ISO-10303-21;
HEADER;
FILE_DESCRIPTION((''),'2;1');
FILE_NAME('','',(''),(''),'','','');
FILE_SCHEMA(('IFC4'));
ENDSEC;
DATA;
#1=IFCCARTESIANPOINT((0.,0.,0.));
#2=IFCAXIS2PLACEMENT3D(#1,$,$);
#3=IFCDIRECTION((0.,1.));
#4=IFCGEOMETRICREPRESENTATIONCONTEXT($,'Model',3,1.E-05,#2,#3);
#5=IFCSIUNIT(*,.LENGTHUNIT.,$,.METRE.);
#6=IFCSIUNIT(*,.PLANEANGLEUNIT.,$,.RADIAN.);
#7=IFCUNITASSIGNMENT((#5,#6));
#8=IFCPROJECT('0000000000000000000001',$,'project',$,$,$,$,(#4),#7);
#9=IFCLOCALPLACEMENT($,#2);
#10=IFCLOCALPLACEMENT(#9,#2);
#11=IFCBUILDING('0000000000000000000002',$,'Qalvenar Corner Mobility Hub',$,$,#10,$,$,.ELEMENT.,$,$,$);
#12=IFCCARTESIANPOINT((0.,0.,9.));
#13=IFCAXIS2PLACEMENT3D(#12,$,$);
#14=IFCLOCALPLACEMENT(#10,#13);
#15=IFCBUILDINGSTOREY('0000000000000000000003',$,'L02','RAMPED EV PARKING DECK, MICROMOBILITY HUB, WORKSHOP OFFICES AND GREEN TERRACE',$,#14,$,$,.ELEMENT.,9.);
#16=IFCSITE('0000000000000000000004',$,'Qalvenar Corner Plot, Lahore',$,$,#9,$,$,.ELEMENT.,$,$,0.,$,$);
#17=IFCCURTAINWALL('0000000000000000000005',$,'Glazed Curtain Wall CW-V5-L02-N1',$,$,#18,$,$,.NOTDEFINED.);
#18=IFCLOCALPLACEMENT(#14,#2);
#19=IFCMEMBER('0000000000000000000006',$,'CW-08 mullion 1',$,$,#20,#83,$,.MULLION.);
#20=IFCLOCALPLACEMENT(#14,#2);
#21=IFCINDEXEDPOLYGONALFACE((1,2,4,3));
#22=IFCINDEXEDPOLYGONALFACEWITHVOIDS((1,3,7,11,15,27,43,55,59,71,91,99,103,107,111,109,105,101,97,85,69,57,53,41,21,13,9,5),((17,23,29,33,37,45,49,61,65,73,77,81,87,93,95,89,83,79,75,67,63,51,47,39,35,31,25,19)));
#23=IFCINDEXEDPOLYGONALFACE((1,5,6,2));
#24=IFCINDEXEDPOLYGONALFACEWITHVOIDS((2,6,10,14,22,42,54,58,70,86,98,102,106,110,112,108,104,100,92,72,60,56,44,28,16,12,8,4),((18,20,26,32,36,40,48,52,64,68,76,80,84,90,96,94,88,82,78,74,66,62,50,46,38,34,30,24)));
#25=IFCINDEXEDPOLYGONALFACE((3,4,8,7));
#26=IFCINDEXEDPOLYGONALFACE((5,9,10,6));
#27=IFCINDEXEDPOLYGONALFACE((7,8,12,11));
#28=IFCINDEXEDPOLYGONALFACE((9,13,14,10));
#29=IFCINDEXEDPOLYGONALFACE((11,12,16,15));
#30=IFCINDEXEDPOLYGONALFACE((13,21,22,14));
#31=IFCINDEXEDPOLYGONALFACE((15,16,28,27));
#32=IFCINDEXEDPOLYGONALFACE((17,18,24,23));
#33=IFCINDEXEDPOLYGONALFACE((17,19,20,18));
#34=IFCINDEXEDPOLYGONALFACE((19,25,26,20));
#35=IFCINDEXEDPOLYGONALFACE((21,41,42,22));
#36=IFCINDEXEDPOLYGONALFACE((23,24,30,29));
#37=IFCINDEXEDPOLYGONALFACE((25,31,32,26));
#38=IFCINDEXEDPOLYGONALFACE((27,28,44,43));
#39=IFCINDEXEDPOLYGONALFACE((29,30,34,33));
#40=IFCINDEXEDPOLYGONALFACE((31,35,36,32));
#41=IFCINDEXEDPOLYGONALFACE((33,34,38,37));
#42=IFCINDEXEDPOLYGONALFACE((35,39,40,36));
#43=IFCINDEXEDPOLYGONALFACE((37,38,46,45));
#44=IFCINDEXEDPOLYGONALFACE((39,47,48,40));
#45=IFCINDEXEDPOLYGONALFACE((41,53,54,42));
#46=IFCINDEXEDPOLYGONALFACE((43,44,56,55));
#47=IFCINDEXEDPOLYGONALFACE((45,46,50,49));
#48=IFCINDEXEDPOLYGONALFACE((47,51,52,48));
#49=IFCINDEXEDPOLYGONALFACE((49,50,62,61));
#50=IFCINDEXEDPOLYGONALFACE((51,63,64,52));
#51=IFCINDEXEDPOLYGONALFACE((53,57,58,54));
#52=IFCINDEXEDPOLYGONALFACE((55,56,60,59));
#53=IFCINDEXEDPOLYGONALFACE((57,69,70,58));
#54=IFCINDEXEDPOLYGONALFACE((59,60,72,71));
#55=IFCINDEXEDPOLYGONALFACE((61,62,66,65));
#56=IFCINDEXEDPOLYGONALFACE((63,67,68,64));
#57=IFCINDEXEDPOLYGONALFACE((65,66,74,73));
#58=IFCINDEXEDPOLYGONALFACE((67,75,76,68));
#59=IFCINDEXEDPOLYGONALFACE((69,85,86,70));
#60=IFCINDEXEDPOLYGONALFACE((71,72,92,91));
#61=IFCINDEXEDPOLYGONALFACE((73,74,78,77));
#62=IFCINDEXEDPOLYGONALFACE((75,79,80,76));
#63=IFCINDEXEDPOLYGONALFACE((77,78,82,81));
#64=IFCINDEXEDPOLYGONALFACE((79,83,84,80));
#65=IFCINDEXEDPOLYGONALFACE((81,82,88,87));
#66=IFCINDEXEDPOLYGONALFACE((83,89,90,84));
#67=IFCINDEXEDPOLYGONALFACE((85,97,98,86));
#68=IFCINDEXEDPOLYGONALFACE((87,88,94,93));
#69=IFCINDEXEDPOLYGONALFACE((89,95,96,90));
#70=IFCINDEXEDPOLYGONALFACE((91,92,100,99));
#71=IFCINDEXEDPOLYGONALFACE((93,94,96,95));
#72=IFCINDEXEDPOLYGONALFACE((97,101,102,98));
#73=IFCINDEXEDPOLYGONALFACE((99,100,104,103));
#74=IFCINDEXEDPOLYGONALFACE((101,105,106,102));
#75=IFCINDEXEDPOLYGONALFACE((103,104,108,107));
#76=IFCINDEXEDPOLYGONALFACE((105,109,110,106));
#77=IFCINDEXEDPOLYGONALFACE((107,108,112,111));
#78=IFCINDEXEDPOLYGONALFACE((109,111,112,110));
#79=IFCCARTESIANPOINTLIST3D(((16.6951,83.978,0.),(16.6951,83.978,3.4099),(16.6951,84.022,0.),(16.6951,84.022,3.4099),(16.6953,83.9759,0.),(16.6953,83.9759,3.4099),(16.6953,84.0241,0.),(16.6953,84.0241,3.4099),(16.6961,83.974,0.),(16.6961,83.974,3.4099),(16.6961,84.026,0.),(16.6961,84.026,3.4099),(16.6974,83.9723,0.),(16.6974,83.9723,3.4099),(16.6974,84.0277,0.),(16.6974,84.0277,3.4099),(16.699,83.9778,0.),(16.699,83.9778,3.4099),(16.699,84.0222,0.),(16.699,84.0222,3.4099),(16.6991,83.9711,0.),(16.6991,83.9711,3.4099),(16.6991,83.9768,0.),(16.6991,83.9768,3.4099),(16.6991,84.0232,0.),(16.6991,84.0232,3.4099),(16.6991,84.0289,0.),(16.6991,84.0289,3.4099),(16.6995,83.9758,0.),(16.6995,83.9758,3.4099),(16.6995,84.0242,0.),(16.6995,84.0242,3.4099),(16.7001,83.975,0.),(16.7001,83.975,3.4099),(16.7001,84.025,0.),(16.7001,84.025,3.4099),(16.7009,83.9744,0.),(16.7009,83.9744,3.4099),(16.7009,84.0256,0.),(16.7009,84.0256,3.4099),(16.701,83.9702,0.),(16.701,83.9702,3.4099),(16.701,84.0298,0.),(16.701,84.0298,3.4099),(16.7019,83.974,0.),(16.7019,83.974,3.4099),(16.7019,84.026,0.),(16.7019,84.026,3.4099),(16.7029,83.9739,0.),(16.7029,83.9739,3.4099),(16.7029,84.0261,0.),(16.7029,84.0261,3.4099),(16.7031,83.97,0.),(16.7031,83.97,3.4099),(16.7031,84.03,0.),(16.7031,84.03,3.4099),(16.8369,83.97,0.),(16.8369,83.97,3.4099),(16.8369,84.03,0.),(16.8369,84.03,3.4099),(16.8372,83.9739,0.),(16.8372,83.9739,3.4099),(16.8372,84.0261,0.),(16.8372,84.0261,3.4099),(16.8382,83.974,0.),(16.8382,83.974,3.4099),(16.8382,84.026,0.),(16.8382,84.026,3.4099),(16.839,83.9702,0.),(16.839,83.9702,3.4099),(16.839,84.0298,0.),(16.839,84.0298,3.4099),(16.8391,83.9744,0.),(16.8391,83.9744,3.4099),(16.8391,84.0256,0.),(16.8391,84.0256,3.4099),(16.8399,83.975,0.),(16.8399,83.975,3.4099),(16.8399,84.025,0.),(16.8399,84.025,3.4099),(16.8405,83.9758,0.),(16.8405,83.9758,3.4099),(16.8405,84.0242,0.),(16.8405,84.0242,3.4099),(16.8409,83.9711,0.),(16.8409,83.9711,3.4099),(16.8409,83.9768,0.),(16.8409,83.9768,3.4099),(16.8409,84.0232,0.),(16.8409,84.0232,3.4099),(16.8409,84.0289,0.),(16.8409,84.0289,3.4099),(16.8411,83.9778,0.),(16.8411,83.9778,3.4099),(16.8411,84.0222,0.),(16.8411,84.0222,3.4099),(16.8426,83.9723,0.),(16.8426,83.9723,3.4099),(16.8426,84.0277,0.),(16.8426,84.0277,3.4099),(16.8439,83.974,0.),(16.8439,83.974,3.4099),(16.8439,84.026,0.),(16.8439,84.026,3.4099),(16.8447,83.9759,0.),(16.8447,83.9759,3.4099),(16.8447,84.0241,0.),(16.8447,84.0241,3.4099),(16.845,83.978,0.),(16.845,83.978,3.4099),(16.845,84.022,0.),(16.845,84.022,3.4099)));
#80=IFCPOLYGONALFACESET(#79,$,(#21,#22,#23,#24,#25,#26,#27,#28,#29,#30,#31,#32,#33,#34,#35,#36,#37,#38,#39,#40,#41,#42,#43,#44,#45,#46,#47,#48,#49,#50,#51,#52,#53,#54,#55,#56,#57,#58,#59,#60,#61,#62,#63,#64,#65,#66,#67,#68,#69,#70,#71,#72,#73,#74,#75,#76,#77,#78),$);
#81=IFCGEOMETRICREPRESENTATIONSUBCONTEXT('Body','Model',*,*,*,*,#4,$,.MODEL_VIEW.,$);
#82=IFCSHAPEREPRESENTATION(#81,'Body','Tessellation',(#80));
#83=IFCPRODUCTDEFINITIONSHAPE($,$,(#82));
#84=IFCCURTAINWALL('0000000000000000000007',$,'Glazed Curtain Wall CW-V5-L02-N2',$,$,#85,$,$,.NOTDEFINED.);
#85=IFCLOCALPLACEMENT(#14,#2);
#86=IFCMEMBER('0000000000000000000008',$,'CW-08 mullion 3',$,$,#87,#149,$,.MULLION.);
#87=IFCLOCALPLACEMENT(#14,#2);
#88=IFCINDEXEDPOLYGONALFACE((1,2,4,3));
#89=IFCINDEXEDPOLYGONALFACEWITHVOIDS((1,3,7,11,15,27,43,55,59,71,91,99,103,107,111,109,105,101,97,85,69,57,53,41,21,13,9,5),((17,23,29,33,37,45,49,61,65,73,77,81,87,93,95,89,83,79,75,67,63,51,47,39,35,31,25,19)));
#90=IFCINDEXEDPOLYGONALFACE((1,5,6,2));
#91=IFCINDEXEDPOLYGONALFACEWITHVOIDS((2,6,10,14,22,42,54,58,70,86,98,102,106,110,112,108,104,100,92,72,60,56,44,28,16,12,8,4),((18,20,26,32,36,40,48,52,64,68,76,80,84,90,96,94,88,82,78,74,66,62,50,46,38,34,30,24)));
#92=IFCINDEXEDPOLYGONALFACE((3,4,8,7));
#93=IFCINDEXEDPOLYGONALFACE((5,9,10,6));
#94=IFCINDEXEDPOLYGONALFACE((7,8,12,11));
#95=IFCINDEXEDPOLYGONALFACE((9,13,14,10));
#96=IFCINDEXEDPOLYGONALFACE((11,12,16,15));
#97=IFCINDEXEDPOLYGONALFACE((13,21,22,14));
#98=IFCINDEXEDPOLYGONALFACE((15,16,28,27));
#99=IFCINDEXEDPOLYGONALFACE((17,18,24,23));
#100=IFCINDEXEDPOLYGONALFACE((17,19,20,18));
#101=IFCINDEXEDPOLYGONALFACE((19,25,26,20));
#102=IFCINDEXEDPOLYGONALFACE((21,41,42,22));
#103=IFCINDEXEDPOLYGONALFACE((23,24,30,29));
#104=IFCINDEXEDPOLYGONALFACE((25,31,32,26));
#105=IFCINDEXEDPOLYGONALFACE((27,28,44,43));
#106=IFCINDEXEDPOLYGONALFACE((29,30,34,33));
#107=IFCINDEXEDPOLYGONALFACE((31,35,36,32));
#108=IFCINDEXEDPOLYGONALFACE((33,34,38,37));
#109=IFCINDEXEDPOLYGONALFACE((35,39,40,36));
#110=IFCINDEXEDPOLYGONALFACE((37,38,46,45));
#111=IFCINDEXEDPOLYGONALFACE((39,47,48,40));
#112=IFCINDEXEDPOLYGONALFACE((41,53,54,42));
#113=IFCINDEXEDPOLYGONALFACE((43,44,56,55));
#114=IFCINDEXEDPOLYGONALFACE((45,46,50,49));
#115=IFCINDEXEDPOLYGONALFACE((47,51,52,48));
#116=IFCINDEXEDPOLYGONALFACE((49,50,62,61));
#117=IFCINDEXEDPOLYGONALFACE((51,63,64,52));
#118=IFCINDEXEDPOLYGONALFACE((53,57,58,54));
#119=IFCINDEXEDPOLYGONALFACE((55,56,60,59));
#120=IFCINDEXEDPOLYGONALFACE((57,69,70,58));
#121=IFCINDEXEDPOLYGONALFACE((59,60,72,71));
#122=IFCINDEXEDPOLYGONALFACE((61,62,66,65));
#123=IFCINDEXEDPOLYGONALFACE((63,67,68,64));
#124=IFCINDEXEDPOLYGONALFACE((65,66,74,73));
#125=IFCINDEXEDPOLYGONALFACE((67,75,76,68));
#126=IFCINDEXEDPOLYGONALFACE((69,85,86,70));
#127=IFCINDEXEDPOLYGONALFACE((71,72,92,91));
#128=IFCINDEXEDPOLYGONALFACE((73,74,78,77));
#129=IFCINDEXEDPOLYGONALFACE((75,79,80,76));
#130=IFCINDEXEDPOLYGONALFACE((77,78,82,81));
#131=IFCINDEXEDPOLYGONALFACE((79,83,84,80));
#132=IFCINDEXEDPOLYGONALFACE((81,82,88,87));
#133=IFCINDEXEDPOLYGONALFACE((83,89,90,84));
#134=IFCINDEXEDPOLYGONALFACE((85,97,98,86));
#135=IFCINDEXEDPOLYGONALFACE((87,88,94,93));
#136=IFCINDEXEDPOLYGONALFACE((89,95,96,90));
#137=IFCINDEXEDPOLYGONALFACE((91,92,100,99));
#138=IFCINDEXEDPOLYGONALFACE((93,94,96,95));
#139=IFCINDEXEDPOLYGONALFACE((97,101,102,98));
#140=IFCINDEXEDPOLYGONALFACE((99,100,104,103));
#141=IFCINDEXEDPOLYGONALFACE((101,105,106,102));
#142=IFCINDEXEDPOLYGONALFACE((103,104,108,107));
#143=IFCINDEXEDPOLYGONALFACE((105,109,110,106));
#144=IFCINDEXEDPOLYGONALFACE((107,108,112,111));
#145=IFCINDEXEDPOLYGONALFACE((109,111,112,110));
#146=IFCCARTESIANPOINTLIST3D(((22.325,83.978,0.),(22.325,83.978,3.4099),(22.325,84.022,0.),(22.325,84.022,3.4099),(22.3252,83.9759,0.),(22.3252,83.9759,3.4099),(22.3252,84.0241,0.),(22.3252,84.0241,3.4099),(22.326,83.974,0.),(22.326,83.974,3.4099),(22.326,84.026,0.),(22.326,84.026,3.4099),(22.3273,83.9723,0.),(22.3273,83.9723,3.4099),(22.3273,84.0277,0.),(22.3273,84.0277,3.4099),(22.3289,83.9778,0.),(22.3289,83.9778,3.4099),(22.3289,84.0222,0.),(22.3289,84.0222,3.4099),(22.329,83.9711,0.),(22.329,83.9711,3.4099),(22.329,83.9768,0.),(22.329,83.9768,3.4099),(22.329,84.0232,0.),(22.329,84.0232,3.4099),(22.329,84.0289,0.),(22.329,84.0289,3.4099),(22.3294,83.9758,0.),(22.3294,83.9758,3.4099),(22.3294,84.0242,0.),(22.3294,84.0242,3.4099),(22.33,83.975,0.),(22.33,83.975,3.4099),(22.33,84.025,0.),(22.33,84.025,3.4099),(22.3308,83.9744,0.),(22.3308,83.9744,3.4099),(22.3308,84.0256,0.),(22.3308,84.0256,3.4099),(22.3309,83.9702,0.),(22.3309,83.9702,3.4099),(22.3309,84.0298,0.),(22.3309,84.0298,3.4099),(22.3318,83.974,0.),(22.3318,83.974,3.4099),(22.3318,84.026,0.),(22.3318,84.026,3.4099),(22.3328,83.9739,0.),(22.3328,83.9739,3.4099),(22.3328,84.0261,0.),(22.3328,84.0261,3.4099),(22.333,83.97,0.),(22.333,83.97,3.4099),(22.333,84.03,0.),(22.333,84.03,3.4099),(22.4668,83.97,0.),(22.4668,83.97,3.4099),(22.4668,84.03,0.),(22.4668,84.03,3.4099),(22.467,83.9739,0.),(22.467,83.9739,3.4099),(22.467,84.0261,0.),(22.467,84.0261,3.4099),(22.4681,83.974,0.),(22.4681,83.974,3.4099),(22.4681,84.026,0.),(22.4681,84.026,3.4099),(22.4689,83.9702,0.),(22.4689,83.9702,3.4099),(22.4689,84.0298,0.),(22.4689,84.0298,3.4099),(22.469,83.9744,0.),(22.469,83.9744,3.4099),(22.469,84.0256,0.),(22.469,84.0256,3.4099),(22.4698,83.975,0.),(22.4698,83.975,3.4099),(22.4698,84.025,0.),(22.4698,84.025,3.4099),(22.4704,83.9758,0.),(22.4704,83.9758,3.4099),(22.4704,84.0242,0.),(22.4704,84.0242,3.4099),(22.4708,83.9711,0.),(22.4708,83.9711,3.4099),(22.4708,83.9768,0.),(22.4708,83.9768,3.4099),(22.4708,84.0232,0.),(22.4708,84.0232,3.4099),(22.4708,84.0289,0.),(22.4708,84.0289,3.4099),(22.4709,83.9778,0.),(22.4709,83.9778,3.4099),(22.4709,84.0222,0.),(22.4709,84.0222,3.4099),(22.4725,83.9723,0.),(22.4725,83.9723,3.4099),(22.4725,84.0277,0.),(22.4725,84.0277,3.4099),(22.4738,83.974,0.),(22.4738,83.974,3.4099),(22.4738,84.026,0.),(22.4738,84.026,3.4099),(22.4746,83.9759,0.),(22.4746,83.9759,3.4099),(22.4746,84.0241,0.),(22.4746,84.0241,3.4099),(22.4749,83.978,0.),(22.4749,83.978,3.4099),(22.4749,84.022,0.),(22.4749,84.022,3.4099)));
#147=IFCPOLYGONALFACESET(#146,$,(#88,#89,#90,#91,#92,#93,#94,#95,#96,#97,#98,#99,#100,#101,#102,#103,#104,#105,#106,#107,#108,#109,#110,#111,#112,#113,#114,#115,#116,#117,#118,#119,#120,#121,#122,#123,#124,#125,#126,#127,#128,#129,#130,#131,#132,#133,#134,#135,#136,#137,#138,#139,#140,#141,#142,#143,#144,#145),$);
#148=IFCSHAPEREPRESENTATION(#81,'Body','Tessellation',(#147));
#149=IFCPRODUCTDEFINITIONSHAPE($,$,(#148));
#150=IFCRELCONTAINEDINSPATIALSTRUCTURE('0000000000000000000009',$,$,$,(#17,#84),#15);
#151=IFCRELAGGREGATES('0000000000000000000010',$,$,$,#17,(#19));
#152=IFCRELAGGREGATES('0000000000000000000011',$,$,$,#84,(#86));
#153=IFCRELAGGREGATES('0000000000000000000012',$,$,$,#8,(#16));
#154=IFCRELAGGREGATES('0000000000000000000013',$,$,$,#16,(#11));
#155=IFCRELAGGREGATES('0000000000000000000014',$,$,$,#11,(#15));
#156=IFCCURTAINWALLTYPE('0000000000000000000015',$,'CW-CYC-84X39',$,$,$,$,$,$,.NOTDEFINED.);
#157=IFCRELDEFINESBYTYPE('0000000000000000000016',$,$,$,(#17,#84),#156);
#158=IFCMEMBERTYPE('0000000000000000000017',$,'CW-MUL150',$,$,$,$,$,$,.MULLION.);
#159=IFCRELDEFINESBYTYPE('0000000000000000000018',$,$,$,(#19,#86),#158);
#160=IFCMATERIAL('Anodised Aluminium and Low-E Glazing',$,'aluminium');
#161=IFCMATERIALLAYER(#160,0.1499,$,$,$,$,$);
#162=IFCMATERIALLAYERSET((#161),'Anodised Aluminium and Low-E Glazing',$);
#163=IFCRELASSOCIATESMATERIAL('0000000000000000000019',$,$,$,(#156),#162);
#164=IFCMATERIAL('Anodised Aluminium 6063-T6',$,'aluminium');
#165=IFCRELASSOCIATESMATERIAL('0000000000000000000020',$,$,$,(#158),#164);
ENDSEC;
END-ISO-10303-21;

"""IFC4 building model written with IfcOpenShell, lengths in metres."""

from ifc_helpers import new_model, si_unit, direction, frame, origin, origin_2d, place, context, subcontext, project, spatial, hollow_rectangle, extrude, material, layer, layer_set, material_profile, profile_set, type_object, element, aggregate, save


model = new_model("IFC4")

# Units and contexts
model_context = context("Model", 3, precision=1e-05, world=origin(), true_north=direction((0.0, 1.0)))
body_context = subcontext(model_context, "Body", "Model", "MODEL_VIEW")
ifc_project = project(units=[si_unit("LENGTHUNIT", "METRE"), si_unit("PLANEANGLEUNIT", "RADIAN")], contexts=[model_context])

# Site, building, storey
site_placement = place(None, origin())
site = spatial("IfcSite", under=ifc_project, at=site_placement, Name="Qalvenar Corner Plot, Lahore", CompositionType="ELEMENT", RefElevation=0.0)
building_placement = place(site_placement, origin())
building = spatial("IfcBuilding", under=site, at=building_placement, Name="Qalvenar Corner Mobility Hub", CompositionType="ELEMENT")
storey_placement = place(building_placement, frame((0.0, 0.0, 9.0)))
storey = spatial("IfcBuildingStorey", under=building, at=storey_placement, Name="L02", Description="RAMPED EV PARKING DECK, MICROMOBILITY HUB, WORKSHOP OFFICES AND GREEN TERRACE", CompositionType="ELEMENT", Elevation=9.0)

# Curtain wall, member
ifc_material_1 = material(Name="Anodised Aluminium and Low-E Glazing", Category="aluminium")
ifc_layer_1 = layer(ifc_material_1, 0.1499)
ifc_layer_set_1 = layer_set([ifc_layer_1], Name="Anodised Aluminium and Low-E Glazing")
curtain_wall_type = type_object("IfcCurtainWallType", Name="CW-CYC-84X39", PredefinedType="NOTDEFINED", material=ifc_layer_set_1)
curtain_wall_1_placement = place(storey_placement, origin())
curtain_wall_1 = element("IfcCurtainWall", 1, at=curtain_wall_1_placement, inside=storey, type_object=curtain_wall_type, Name="Glazed Curtain Wall CW-V5-L02-N1", PredefinedType="NOTDEFINED")
ifc_material_2 = material(Name="Anodised Aluminium 6063-T6", Category="aluminium")
ifc_material_profile_1 = material_profile(ifc_material_2, hollow_rectangle(XDim=0.0601, YDim=0.1499, WallThickness=0.0039, InnerFilletRadius=0.0039, OuterFilletRadius=0.0081, at=origin_2d()), Name="RHS150x60x4")
ifc_profile_set_1 = profile_set([ifc_material_profile_1], Name="Anodised Aluminium 6063-T6")
member_type_1 = type_object("IfcMemberType", Name="CW-MUL150", PredefinedType="MULLION", material=ifc_profile_set_1)
member_1_placement = place(storey_placement, frame((16.77, 84.0, 0.0), z_axis=(0.0, 0.0, 1.0), x_axis=(0.0, -1.0, 0.0)))
member_1 = element("IfcMember", 2, at=member_1_placement, type_object=member_type_1, Name="CW-08 mullion 1", PredefinedType="MULLION", context=body_context, shape_type="SweptSolid", body=[
    extrude(hollow_rectangle(XDim=0.0601, YDim=0.1499, WallThickness=0.0039, InnerFilletRadius=0.0039, OuterFilletRadius=0.0081, at=origin_2d()), origin(), (0.0, 0.0, 1.0), 3.4099),
])

# Curtain wall, member
curtain_wall_2_placement = place(storey_placement, origin())
curtain_wall_2 = element("IfcCurtainWall", 3, at=curtain_wall_2_placement, inside=storey, type_object=curtain_wall_type, Name="Glazed Curtain Wall CW-V5-L02-N2", PredefinedType="NOTDEFINED")
member_2_placement = place(storey_placement, frame((22.3999, 84.0, 0.0), z_axis=(0.0, 0.0, 1.0), x_axis=(0.0, -1.0, 0.0)))
member_2 = element("IfcMember", 4, at=member_2_placement, type_object=member_type_1, Name="CW-08 mullion 3", PredefinedType="MULLION", context=body_context, shape_type="SweptSolid", body=[
    extrude(hollow_rectangle(XDim=0.0601, YDim=0.1499, WallThickness=0.0039, InnerFilletRadius=0.0039, OuterFilletRadius=0.0081, at=origin_2d()), origin(), (0.0, 0.0, 1.0), 3.4099),
])

aggregate(curtain_wall_1, [member_1])

aggregate(curtain_wall_2, [member_2])

save(model, "model.ifc")
